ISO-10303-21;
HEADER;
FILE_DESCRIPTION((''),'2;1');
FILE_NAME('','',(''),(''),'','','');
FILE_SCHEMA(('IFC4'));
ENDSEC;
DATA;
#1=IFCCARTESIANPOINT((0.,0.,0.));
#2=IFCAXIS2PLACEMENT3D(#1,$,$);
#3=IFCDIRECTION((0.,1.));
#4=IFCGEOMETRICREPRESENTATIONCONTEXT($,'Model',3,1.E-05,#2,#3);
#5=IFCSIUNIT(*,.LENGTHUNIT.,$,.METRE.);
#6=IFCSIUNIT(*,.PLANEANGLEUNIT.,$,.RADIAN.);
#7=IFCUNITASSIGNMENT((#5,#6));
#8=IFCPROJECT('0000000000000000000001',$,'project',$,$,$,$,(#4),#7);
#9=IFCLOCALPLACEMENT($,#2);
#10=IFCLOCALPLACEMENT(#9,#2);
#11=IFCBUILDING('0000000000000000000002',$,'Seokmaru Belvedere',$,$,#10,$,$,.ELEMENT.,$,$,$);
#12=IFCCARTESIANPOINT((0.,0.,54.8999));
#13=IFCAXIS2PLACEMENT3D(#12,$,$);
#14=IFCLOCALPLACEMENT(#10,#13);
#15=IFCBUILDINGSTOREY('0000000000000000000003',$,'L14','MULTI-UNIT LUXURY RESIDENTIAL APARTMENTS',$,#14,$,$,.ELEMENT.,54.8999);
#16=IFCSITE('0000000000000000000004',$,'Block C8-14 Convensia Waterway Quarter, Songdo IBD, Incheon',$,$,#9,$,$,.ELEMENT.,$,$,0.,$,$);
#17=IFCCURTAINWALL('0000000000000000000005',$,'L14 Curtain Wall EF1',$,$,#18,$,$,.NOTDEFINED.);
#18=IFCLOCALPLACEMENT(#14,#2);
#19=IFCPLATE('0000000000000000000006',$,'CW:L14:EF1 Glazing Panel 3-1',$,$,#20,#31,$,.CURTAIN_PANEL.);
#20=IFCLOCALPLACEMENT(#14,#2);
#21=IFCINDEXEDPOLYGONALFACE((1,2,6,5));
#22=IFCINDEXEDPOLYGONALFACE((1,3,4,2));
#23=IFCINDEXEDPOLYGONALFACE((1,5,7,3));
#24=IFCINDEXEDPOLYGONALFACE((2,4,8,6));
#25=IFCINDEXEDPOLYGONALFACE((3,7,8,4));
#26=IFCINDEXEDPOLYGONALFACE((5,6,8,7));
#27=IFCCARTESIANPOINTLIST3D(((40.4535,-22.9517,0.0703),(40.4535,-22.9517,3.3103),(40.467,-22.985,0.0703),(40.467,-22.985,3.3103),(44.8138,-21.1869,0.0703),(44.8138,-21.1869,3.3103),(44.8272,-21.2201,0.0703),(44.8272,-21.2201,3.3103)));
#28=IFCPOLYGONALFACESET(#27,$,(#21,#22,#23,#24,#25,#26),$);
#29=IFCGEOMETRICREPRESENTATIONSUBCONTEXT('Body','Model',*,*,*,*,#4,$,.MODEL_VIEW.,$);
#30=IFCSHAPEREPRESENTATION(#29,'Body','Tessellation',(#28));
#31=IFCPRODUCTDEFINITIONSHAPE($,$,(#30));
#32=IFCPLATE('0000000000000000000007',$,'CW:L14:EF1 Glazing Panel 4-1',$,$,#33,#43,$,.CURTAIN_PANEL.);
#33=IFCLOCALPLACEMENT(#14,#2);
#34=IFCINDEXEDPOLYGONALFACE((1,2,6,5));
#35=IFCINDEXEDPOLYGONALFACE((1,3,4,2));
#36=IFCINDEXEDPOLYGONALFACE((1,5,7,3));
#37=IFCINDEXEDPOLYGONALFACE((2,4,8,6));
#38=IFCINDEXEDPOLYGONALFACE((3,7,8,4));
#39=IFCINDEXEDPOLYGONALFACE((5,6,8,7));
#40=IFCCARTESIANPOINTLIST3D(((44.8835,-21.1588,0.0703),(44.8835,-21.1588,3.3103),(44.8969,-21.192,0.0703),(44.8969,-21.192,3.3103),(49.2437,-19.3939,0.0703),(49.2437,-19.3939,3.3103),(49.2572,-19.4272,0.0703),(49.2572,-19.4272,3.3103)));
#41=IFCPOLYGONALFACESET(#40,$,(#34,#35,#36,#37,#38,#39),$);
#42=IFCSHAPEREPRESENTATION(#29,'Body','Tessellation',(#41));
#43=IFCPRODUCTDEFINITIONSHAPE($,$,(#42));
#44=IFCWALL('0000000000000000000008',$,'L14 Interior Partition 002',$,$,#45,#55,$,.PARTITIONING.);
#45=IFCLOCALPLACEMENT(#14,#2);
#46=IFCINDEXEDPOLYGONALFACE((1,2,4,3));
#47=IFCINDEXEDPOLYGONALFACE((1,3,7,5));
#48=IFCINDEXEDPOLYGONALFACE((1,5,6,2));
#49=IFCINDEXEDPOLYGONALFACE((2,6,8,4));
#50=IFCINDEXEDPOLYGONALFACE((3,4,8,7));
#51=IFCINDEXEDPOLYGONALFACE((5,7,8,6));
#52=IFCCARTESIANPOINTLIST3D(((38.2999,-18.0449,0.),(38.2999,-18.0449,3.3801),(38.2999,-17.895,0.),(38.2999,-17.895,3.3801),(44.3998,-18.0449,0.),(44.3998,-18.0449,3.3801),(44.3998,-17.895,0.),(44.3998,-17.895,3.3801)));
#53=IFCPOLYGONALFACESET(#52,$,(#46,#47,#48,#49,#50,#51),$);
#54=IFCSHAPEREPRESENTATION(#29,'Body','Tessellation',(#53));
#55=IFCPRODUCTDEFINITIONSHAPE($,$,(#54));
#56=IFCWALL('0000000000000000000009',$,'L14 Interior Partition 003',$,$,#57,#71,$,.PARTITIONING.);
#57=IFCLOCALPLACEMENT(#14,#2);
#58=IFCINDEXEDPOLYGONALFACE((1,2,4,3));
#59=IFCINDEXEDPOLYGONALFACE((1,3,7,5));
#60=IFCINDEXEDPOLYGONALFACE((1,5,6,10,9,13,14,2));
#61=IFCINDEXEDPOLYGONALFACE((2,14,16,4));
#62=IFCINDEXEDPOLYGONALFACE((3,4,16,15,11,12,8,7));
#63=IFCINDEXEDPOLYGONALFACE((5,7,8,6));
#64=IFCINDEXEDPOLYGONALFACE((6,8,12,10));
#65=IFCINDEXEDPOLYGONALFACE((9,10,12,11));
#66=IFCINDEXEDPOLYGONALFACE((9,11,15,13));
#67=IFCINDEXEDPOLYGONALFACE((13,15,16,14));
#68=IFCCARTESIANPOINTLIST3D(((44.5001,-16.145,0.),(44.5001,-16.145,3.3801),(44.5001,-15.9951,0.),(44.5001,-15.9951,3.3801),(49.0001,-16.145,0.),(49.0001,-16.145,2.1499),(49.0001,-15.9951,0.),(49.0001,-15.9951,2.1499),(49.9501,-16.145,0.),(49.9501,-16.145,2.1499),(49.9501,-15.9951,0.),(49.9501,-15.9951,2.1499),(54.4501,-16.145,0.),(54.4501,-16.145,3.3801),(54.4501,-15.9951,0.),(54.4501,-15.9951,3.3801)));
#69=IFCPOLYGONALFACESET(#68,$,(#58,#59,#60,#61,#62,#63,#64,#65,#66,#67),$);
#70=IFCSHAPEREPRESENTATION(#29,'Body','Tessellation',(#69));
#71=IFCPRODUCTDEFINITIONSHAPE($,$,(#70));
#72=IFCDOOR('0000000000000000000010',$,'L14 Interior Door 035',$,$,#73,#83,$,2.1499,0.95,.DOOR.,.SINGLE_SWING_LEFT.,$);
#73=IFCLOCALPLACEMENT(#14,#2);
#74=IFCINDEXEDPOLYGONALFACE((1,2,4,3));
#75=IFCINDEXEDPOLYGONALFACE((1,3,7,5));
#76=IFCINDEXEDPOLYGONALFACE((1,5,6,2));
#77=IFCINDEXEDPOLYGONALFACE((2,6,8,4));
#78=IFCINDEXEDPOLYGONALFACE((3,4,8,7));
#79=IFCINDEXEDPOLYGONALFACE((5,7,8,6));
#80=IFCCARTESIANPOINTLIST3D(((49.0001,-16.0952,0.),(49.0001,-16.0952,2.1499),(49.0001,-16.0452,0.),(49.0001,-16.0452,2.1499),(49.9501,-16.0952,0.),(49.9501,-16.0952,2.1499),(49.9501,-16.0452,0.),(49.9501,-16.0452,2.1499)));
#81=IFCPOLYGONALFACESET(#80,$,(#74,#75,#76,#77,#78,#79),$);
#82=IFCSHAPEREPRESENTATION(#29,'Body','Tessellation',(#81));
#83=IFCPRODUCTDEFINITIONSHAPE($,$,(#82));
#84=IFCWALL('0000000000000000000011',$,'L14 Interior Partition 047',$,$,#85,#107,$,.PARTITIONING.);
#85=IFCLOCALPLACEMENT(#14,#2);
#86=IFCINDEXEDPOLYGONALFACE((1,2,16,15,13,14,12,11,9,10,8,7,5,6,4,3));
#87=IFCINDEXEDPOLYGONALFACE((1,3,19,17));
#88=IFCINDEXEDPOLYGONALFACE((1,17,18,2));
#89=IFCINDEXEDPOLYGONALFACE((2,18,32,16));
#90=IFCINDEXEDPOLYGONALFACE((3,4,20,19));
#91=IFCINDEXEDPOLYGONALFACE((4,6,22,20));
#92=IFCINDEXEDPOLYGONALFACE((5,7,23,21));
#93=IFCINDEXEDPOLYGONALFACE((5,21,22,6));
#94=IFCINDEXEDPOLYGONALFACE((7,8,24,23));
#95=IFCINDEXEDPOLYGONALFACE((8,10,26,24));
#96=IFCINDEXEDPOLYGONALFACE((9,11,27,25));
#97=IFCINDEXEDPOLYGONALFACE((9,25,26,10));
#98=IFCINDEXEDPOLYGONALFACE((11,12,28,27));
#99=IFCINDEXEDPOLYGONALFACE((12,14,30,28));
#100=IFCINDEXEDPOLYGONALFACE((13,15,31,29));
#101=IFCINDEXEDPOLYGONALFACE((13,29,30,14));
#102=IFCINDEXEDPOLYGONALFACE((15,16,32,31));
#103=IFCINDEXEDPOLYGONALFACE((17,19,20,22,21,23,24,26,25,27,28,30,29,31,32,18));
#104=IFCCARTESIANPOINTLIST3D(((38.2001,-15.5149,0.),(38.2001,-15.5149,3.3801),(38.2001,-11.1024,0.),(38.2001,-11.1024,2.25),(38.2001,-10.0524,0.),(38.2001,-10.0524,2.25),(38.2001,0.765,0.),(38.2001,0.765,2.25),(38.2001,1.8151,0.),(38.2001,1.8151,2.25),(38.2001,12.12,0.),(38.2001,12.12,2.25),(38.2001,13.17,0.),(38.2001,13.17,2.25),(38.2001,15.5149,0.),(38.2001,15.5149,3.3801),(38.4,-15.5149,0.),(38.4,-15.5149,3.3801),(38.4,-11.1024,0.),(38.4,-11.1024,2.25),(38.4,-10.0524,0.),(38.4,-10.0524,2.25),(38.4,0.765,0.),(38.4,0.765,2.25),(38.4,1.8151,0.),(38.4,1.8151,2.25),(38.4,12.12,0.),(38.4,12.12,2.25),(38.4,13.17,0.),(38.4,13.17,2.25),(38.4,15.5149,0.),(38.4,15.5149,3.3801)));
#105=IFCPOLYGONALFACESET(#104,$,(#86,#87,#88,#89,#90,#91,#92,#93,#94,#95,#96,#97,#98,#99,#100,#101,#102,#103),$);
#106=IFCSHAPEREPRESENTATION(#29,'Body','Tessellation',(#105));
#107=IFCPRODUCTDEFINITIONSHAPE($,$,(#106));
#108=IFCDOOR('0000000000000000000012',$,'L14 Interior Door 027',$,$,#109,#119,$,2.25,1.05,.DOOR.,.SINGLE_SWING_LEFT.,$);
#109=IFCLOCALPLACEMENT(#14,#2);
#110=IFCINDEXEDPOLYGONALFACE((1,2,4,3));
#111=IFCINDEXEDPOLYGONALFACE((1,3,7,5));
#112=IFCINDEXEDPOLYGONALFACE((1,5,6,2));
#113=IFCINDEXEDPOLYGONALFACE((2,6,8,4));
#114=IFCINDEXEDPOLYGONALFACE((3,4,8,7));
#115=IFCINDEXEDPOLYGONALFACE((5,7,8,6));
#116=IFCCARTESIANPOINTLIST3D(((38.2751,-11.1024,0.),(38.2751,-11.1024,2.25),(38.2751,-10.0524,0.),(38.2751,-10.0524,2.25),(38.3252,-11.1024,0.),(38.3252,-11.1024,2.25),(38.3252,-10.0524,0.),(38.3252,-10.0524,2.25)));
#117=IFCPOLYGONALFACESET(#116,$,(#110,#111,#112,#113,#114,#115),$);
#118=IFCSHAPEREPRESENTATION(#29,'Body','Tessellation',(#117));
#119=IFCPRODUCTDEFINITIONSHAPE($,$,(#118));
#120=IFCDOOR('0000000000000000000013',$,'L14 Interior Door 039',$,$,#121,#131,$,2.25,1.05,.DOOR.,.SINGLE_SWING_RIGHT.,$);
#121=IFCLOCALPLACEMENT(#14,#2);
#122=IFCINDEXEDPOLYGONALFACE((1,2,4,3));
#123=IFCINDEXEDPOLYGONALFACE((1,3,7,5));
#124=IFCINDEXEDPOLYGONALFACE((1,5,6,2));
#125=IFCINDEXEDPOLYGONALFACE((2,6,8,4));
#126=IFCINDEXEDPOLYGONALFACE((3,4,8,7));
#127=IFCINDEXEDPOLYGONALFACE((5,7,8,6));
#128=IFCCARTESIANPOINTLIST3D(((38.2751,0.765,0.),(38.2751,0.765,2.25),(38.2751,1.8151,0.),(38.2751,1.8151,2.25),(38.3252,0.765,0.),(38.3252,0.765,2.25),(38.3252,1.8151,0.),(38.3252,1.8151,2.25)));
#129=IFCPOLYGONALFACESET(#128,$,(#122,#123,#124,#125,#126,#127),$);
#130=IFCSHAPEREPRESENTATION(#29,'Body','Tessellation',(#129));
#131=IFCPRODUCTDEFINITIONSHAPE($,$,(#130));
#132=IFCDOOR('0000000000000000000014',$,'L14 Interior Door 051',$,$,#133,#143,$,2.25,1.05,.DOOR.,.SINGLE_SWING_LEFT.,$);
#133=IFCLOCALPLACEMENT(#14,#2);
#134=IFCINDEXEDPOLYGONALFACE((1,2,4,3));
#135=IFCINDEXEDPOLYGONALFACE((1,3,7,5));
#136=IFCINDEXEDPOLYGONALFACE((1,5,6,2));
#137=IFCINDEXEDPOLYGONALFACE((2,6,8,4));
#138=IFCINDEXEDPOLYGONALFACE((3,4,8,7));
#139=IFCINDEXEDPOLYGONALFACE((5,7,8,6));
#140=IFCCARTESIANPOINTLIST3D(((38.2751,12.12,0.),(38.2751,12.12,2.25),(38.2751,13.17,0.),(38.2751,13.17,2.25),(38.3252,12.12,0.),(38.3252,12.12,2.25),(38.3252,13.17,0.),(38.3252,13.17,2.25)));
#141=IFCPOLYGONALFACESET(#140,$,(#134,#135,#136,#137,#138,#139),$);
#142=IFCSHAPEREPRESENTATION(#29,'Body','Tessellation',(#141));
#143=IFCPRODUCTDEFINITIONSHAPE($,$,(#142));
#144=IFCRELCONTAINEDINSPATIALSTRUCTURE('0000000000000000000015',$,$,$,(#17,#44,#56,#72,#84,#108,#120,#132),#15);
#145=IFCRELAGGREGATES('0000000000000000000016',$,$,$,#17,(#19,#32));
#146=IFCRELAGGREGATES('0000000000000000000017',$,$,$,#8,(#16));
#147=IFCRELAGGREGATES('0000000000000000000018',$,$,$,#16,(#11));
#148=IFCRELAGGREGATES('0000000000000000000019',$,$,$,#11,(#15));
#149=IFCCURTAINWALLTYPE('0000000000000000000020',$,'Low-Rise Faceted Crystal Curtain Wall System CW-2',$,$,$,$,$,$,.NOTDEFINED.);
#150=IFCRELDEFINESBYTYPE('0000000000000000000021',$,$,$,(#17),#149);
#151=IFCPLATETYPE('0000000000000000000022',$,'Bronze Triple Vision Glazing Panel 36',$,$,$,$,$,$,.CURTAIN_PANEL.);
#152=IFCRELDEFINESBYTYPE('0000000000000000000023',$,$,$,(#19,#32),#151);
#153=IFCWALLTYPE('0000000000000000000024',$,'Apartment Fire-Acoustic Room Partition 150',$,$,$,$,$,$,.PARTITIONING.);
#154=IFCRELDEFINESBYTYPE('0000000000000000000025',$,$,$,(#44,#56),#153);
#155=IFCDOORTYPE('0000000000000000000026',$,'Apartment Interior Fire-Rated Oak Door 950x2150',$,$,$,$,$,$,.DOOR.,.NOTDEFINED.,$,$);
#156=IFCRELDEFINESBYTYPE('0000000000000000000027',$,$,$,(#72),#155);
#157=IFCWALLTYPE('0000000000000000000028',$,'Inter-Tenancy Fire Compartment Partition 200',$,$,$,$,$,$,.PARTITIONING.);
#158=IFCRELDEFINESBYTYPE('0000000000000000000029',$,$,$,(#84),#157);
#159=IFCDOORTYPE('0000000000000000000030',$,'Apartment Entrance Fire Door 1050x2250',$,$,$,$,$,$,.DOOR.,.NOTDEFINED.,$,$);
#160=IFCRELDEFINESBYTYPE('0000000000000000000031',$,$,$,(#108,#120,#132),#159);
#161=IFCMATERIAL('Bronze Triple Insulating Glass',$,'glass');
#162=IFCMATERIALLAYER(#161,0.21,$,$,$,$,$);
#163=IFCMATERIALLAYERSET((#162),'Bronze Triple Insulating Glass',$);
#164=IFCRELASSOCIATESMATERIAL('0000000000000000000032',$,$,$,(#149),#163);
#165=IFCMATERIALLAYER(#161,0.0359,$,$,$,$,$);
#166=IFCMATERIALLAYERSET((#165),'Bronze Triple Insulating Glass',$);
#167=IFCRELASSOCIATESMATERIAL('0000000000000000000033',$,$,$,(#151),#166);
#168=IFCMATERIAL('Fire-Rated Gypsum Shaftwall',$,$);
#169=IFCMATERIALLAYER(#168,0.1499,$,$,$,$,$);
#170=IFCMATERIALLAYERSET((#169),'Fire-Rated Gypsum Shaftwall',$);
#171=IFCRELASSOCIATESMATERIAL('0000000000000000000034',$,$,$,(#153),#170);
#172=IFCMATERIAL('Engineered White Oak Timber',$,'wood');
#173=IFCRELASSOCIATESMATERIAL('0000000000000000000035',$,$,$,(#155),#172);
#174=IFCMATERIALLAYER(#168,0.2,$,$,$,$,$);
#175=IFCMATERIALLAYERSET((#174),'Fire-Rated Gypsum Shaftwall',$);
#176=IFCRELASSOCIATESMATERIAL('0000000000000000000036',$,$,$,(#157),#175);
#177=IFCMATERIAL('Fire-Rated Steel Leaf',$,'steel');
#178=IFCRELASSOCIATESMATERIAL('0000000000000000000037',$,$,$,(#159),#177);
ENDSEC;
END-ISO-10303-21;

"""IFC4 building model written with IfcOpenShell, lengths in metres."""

from ifc_helpers import new_model, si_unit, direction, frame, frame_2d, origin, origin_2d, place, context, subcontext, project, spatial, rectangle, extrude, source, transform, mapped, material, layer, layer_set, type_object, type_shapes, element, fill, aggregate, save


model = new_model("IFC4")

# Units and contexts
model_context = context("Model", 3, precision=1e-05, world=origin(), true_north=direction((0.0, 1.0)))
body_context = subcontext(model_context, "Body", "Model", "MODEL_VIEW")
ifc_project = project(units=[si_unit("LENGTHUNIT", "METRE"), si_unit("PLANEANGLEUNIT", "RADIAN")], contexts=[model_context])

# Site, building, storey
site_placement = place(None, origin())
site = spatial("IfcSite", under=ifc_project, at=site_placement, Name="Block C8-14 Convensia Waterway Quarter, Songdo IBD, Incheon", CompositionType="ELEMENT", RefElevation=0.0)
building_placement = place(site_placement, origin())
building = spatial("IfcBuilding", under=site, at=building_placement, Name="Seokmaru Belvedere", CompositionType="ELEMENT")
storey_placement = place(building_placement, frame((0.0, 0.0, 54.8999)))
storey = spatial("IfcBuildingStorey", under=building, at=storey_placement, Name="L14", Description="MULTI-UNIT LUXURY RESIDENTIAL APARTMENTS", CompositionType="ELEMENT", Elevation=54.8999)

# Curtain wall, plates
ifc_material_1 = material(Name="Bronze Triple Insulating Glass", Category="glass")
ifc_layer_1 = layer(ifc_material_1, 0.21)
ifc_layer_set_1 = layer_set([ifc_layer_1], Name="Bronze Triple Insulating Glass")
curtain_wall_type = type_object("IfcCurtainWallType", Name="Low-Rise Faceted Crystal Curtain Wall System CW-2", PredefinedType="NOTDEFINED", material=ifc_layer_set_1)
curtain_wall_placement = place(storey_placement, origin())
curtain_wall = element("IfcCurtainWall", 1, at=curtain_wall_placement, inside=storey, type_object=curtain_wall_type, Name="L14 Curtain Wall EF1", PredefinedType="NOTDEFINED")
ifc_layer_2 = layer(ifc_material_1, 0.0359)
ifc_layer_set_2 = layer_set([ifc_layer_2], Name="Bronze Triple Insulating Glass")
plate_type = type_object("IfcPlateType", Name="Bronze Triple Vision Glazing Panel 36", PredefinedType="CURTAIN_PANEL", material=ifc_layer_set_2)
shared_shape_1 = source(origin(), body_context, "Body", "SweptSolid", [
    extrude(rectangle(XDim=4.7039, YDim=0.0359, at=origin_2d()), origin(), (0.0, 0.0, 1.0), 3.24),
])
type_shapes(plate_type, [shared_shape_1])
plate_1_placement = place(storey_placement, frame((42.6404, -22.0859, 0.0703), z_axis=(0.0, 0.0, 1.0), x_axis=(0.926947, 0.375192, 0.0)))
plate_1 = element("IfcPlate", 2, at=plate_1_placement, type_object=plate_type, Name="CW:L14:EF1 Glazing Panel 3-1", PredefinedType="CURTAIN_PANEL", context=body_context, shape_type="MappedRepresentation", body=[
    mapped(shared_shape_1, transform((0.0, 0.0, 0.0), scale=1.0)),
])
plate_2_placement = place(storey_placement, frame((47.0703, -20.293, 0.0703), z_axis=(0.0, 0.0, 1.0), x_axis=(0.926947, 0.375192, 0.0)))
plate_2 = element("IfcPlate", 3, at=plate_2_placement, type_object=plate_type, Name="CW:L14:EF1 Glazing Panel 4-1", PredefinedType="CURTAIN_PANEL", context=body_context, shape_type="MappedRepresentation", body=[
    mapped(shared_shape_1, transform((0.0, 0.0, 0.0), scale=1.0)),
])
aggregate(curtain_wall, [plate_1, plate_2])

# Wall
ifc_material_2 = material(Name="Fire-Rated Gypsum Shaftwall")
ifc_layer_3 = layer(ifc_material_2, 0.1499)
ifc_layer_set_3 = layer_set([ifc_layer_3], Name="Fire-Rated Gypsum Shaftwall")
wall_type_1 = type_object("IfcWallType", Name="Apartment Fire-Acoustic Room Partition 150", PredefinedType="PARTITIONING", material=ifc_layer_set_3)
wall_1_placement = place(storey_placement, frame((38.3, -17.97, 0.0), z_axis=(0.0, 0.0, 1.0), x_axis=(1.0, 0.0, 0.0)))
element("IfcWall", 4, at=wall_1_placement, inside=storey, type_object=wall_type_1, Name="L14 Interior Partition 002", PredefinedType="PARTITIONING", context=body_context, shape_type="SweptSolid", body=[
    extrude(rectangle(XDim=6.0999, YDim=0.1499, at=frame_2d((3.0498, 0.0))), origin(), (0.0, 0.0, 1.0), 3.3801),
])

# Wall, opening, door
wall_2_placement = place(storey_placement, frame((44.5, -16.0701, 0.0), z_axis=(0.0, 0.0, 1.0), x_axis=(1.0, 0.0, 0.0)))
wall_2 = element("IfcWall", 5, at=wall_2_placement, inside=storey, type_object=wall_type_1, Name="L14 Interior Partition 003", PredefinedType="PARTITIONING", context=body_context, shape_type="SweptSolid", body=[
    extrude(rectangle(XDim=9.95, YDim=0.1499, at=frame_2d((4.9751, 0.0))), origin(), (0.0, 0.0, 1.0), 3.3801),
])
opening_1_placement = place(wall_2_placement, frame((4.5, 0.0, 0.0)))
opening_1 = element("IfcOpeningElement", 6, at=opening_1_placement, cuts=wall_2, PredefinedType="OPENING", context=body_context, shape_type="SweptSolid", body=[
    extrude(rectangle(XDim=0.95, YDim=2.1499, at=frame_2d((0.4751, 1.075))), frame((0.0, 0.085, 0.0), z_axis=(0.0, -1.0, 0.0), x_axis=(1.0, 0.0, 0.0)), (0.0, 0.0, 1.0), 0.1699),
])
ifc_material_3 = material(Name="Engineered White Oak Timber", Category="wood")
door_type_1 = type_object("IfcDoorType", Name="Apartment Interior Fire-Rated Oak Door 950x2150", OperationType="NOTDEFINED", PredefinedType="DOOR", material=ifc_material_3)
shared_shape_2 = source(origin(), body_context, "Body", "SweptSolid", [
    extrude(rectangle(XDim=0.95, YDim=2.1499, at=frame_2d((0.4751, 1.075))), frame((0.0, 0.0249, 0.0), z_axis=(0.0, -1.0, 0.0), x_axis=(1.0, 0.0, 0.0)), (0.0, 0.0, 1.0), 0.05),
])
type_shapes(door_type_1, [shared_shape_2])
door_1_placement = place(opening_1_placement, origin())
door_1 = element("IfcDoor", 7, at=door_1_placement, inside=storey, type_object=door_type_1, Name="L14 Interior Door 035", OperationType="SINGLE_SWING_LEFT", OverallHeight=2.1499, OverallWidth=0.95, PredefinedType="DOOR", context=body_context, shape_type="MappedRepresentation", body=[
    mapped(shared_shape_2, transform((0.0, 0.0, 0.0), scale=1.0)),
])
fill(opening_1, door_1)

# Wall, openings, doors
ifc_layer_4 = layer(ifc_material_2, 0.2)
ifc_layer_set_4 = layer_set([ifc_layer_4], Name="Fire-Rated Gypsum Shaftwall")
wall_type_2 = type_object("IfcWallType", Name="Inter-Tenancy Fire Compartment Partition 200", PredefinedType="PARTITIONING", material=ifc_layer_set_4)
wall_3_placement = place(storey_placement, frame((38.3, -15.5149, 0.0), z_axis=(0.0, 0.0, 1.0), x_axis=(0.0, 1.0, 0.0)))
wall_3 = element("IfcWall", 8, at=wall_3_placement, inside=storey, type_object=wall_type_2, Name="L14 Interior Partition 047", PredefinedType="PARTITIONING", context=body_context, shape_type="SweptSolid", body=[
    extrude(rectangle(XDim=31.0298, YDim=0.2, at=frame_2d((15.5149, 0.0))), origin(), (0.0, 0.0, 1.0), 3.3801),
])
opening_2_placement = place(wall_3_placement, frame((4.4126, 0.0, 0.0)))
opening_2 = element("IfcOpeningElement", 9, at=opening_2_placement, cuts=wall_3, PredefinedType="OPENING", context=body_context, shape_type="SweptSolid", body=[
    extrude(rectangle(XDim=1.05, YDim=2.25, at=frame_2d((0.5249, 1.125))), frame((0.0, 0.1099, 0.0), z_axis=(0.0, -1.0, 0.0), x_axis=(1.0, 0.0, 0.0)), (0.0, 0.0, 1.0), 0.22),
])
opening_3_placement = place(wall_3_placement, frame((16.28, 0.0, 0.0)))
opening_3 = element("IfcOpeningElement", 10, at=opening_3_placement, cuts=wall_3, PredefinedType="OPENING", context=body_context, shape_type="SweptSolid", body=[
    extrude(rectangle(XDim=1.05, YDim=2.25, at=frame_2d((0.5249, 1.125))), frame((0.0, 0.1099, 0.0), z_axis=(0.0, -1.0, 0.0), x_axis=(1.0, 0.0, 0.0)), (0.0, 0.0, 1.0), 0.22),
])
opening_4_placement = place(wall_3_placement, frame((27.635, 0.0, 0.0)))
opening_4 = element("IfcOpeningElement", 11, at=opening_4_placement, cuts=wall_3, PredefinedType="OPENING", context=body_context, shape_type="SweptSolid", body=[
    extrude(rectangle(XDim=1.05, YDim=2.25, at=frame_2d((0.5249, 1.125))), frame((0.0, 0.1099, 0.0), z_axis=(0.0, -1.0, 0.0), x_axis=(1.0, 0.0, 0.0)), (0.0, 0.0, 1.0), 0.22),
])
ifc_material_4 = material(Name="Fire-Rated Steel Leaf", Category="steel")
door_type_2 = type_object("IfcDoorType", Name="Apartment Entrance Fire Door 1050x2250", OperationType="NOTDEFINED", PredefinedType="DOOR", material=ifc_material_4)
shared_shape_3 = source(origin(), body_context, "Body", "SweptSolid", [
    extrude(rectangle(XDim=1.05, YDim=2.25, at=frame_2d((0.5249, 1.125))), frame((0.0, 0.0249, 0.0), z_axis=(0.0, -1.0, 0.0), x_axis=(1.0, 0.0, 0.0)), (0.0, 0.0, 1.0), 0.05),
])
type_shapes(door_type_2, [shared_shape_3])
door_2_placement = place(opening_2_placement, origin())
door_2 = element("IfcDoor", 12, at=door_2_placement, inside=storey, type_object=door_type_2, Name="L14 Interior Door 027", OperationType="SINGLE_SWING_LEFT", OverallHeight=2.25, OverallWidth=1.05, PredefinedType="DOOR", context=body_context, shape_type="MappedRepresentation", body=[
    mapped(shared_shape_3, transform((0.0, 0.0, 0.0), scale=1.0)),
])
fill(opening_2, door_2)
door_3_placement = place(opening_3_placement, origin())
door_3 = element("IfcDoor", 13, at=door_3_placement, inside=storey, type_object=door_type_2, Name="L14 Interior Door 039", OperationType="SINGLE_SWING_RIGHT", OverallHeight=2.25, OverallWidth=1.05, PredefinedType="DOOR", context=body_context, shape_type="MappedRepresentation", body=[
    mapped(shared_shape_3, transform((0.0, 0.0, 0.0), scale=1.0)),
])
fill(opening_3, door_3)
door_4_placement = place(opening_4_placement, origin())
door_4 = element("IfcDoor", 14, at=door_4_placement, inside=storey, type_object=door_type_2, Name="L14 Interior Door 051", OperationType="SINGLE_SWING_LEFT", OverallHeight=2.25, OverallWidth=1.05, PredefinedType="DOOR", context=body_context, shape_type="MappedRepresentation", body=[
    mapped(shared_shape_3, transform((0.0, 0.0, 0.0), scale=1.0)),
])
fill(opening_4, door_4)

save(model, "model.ifc")
